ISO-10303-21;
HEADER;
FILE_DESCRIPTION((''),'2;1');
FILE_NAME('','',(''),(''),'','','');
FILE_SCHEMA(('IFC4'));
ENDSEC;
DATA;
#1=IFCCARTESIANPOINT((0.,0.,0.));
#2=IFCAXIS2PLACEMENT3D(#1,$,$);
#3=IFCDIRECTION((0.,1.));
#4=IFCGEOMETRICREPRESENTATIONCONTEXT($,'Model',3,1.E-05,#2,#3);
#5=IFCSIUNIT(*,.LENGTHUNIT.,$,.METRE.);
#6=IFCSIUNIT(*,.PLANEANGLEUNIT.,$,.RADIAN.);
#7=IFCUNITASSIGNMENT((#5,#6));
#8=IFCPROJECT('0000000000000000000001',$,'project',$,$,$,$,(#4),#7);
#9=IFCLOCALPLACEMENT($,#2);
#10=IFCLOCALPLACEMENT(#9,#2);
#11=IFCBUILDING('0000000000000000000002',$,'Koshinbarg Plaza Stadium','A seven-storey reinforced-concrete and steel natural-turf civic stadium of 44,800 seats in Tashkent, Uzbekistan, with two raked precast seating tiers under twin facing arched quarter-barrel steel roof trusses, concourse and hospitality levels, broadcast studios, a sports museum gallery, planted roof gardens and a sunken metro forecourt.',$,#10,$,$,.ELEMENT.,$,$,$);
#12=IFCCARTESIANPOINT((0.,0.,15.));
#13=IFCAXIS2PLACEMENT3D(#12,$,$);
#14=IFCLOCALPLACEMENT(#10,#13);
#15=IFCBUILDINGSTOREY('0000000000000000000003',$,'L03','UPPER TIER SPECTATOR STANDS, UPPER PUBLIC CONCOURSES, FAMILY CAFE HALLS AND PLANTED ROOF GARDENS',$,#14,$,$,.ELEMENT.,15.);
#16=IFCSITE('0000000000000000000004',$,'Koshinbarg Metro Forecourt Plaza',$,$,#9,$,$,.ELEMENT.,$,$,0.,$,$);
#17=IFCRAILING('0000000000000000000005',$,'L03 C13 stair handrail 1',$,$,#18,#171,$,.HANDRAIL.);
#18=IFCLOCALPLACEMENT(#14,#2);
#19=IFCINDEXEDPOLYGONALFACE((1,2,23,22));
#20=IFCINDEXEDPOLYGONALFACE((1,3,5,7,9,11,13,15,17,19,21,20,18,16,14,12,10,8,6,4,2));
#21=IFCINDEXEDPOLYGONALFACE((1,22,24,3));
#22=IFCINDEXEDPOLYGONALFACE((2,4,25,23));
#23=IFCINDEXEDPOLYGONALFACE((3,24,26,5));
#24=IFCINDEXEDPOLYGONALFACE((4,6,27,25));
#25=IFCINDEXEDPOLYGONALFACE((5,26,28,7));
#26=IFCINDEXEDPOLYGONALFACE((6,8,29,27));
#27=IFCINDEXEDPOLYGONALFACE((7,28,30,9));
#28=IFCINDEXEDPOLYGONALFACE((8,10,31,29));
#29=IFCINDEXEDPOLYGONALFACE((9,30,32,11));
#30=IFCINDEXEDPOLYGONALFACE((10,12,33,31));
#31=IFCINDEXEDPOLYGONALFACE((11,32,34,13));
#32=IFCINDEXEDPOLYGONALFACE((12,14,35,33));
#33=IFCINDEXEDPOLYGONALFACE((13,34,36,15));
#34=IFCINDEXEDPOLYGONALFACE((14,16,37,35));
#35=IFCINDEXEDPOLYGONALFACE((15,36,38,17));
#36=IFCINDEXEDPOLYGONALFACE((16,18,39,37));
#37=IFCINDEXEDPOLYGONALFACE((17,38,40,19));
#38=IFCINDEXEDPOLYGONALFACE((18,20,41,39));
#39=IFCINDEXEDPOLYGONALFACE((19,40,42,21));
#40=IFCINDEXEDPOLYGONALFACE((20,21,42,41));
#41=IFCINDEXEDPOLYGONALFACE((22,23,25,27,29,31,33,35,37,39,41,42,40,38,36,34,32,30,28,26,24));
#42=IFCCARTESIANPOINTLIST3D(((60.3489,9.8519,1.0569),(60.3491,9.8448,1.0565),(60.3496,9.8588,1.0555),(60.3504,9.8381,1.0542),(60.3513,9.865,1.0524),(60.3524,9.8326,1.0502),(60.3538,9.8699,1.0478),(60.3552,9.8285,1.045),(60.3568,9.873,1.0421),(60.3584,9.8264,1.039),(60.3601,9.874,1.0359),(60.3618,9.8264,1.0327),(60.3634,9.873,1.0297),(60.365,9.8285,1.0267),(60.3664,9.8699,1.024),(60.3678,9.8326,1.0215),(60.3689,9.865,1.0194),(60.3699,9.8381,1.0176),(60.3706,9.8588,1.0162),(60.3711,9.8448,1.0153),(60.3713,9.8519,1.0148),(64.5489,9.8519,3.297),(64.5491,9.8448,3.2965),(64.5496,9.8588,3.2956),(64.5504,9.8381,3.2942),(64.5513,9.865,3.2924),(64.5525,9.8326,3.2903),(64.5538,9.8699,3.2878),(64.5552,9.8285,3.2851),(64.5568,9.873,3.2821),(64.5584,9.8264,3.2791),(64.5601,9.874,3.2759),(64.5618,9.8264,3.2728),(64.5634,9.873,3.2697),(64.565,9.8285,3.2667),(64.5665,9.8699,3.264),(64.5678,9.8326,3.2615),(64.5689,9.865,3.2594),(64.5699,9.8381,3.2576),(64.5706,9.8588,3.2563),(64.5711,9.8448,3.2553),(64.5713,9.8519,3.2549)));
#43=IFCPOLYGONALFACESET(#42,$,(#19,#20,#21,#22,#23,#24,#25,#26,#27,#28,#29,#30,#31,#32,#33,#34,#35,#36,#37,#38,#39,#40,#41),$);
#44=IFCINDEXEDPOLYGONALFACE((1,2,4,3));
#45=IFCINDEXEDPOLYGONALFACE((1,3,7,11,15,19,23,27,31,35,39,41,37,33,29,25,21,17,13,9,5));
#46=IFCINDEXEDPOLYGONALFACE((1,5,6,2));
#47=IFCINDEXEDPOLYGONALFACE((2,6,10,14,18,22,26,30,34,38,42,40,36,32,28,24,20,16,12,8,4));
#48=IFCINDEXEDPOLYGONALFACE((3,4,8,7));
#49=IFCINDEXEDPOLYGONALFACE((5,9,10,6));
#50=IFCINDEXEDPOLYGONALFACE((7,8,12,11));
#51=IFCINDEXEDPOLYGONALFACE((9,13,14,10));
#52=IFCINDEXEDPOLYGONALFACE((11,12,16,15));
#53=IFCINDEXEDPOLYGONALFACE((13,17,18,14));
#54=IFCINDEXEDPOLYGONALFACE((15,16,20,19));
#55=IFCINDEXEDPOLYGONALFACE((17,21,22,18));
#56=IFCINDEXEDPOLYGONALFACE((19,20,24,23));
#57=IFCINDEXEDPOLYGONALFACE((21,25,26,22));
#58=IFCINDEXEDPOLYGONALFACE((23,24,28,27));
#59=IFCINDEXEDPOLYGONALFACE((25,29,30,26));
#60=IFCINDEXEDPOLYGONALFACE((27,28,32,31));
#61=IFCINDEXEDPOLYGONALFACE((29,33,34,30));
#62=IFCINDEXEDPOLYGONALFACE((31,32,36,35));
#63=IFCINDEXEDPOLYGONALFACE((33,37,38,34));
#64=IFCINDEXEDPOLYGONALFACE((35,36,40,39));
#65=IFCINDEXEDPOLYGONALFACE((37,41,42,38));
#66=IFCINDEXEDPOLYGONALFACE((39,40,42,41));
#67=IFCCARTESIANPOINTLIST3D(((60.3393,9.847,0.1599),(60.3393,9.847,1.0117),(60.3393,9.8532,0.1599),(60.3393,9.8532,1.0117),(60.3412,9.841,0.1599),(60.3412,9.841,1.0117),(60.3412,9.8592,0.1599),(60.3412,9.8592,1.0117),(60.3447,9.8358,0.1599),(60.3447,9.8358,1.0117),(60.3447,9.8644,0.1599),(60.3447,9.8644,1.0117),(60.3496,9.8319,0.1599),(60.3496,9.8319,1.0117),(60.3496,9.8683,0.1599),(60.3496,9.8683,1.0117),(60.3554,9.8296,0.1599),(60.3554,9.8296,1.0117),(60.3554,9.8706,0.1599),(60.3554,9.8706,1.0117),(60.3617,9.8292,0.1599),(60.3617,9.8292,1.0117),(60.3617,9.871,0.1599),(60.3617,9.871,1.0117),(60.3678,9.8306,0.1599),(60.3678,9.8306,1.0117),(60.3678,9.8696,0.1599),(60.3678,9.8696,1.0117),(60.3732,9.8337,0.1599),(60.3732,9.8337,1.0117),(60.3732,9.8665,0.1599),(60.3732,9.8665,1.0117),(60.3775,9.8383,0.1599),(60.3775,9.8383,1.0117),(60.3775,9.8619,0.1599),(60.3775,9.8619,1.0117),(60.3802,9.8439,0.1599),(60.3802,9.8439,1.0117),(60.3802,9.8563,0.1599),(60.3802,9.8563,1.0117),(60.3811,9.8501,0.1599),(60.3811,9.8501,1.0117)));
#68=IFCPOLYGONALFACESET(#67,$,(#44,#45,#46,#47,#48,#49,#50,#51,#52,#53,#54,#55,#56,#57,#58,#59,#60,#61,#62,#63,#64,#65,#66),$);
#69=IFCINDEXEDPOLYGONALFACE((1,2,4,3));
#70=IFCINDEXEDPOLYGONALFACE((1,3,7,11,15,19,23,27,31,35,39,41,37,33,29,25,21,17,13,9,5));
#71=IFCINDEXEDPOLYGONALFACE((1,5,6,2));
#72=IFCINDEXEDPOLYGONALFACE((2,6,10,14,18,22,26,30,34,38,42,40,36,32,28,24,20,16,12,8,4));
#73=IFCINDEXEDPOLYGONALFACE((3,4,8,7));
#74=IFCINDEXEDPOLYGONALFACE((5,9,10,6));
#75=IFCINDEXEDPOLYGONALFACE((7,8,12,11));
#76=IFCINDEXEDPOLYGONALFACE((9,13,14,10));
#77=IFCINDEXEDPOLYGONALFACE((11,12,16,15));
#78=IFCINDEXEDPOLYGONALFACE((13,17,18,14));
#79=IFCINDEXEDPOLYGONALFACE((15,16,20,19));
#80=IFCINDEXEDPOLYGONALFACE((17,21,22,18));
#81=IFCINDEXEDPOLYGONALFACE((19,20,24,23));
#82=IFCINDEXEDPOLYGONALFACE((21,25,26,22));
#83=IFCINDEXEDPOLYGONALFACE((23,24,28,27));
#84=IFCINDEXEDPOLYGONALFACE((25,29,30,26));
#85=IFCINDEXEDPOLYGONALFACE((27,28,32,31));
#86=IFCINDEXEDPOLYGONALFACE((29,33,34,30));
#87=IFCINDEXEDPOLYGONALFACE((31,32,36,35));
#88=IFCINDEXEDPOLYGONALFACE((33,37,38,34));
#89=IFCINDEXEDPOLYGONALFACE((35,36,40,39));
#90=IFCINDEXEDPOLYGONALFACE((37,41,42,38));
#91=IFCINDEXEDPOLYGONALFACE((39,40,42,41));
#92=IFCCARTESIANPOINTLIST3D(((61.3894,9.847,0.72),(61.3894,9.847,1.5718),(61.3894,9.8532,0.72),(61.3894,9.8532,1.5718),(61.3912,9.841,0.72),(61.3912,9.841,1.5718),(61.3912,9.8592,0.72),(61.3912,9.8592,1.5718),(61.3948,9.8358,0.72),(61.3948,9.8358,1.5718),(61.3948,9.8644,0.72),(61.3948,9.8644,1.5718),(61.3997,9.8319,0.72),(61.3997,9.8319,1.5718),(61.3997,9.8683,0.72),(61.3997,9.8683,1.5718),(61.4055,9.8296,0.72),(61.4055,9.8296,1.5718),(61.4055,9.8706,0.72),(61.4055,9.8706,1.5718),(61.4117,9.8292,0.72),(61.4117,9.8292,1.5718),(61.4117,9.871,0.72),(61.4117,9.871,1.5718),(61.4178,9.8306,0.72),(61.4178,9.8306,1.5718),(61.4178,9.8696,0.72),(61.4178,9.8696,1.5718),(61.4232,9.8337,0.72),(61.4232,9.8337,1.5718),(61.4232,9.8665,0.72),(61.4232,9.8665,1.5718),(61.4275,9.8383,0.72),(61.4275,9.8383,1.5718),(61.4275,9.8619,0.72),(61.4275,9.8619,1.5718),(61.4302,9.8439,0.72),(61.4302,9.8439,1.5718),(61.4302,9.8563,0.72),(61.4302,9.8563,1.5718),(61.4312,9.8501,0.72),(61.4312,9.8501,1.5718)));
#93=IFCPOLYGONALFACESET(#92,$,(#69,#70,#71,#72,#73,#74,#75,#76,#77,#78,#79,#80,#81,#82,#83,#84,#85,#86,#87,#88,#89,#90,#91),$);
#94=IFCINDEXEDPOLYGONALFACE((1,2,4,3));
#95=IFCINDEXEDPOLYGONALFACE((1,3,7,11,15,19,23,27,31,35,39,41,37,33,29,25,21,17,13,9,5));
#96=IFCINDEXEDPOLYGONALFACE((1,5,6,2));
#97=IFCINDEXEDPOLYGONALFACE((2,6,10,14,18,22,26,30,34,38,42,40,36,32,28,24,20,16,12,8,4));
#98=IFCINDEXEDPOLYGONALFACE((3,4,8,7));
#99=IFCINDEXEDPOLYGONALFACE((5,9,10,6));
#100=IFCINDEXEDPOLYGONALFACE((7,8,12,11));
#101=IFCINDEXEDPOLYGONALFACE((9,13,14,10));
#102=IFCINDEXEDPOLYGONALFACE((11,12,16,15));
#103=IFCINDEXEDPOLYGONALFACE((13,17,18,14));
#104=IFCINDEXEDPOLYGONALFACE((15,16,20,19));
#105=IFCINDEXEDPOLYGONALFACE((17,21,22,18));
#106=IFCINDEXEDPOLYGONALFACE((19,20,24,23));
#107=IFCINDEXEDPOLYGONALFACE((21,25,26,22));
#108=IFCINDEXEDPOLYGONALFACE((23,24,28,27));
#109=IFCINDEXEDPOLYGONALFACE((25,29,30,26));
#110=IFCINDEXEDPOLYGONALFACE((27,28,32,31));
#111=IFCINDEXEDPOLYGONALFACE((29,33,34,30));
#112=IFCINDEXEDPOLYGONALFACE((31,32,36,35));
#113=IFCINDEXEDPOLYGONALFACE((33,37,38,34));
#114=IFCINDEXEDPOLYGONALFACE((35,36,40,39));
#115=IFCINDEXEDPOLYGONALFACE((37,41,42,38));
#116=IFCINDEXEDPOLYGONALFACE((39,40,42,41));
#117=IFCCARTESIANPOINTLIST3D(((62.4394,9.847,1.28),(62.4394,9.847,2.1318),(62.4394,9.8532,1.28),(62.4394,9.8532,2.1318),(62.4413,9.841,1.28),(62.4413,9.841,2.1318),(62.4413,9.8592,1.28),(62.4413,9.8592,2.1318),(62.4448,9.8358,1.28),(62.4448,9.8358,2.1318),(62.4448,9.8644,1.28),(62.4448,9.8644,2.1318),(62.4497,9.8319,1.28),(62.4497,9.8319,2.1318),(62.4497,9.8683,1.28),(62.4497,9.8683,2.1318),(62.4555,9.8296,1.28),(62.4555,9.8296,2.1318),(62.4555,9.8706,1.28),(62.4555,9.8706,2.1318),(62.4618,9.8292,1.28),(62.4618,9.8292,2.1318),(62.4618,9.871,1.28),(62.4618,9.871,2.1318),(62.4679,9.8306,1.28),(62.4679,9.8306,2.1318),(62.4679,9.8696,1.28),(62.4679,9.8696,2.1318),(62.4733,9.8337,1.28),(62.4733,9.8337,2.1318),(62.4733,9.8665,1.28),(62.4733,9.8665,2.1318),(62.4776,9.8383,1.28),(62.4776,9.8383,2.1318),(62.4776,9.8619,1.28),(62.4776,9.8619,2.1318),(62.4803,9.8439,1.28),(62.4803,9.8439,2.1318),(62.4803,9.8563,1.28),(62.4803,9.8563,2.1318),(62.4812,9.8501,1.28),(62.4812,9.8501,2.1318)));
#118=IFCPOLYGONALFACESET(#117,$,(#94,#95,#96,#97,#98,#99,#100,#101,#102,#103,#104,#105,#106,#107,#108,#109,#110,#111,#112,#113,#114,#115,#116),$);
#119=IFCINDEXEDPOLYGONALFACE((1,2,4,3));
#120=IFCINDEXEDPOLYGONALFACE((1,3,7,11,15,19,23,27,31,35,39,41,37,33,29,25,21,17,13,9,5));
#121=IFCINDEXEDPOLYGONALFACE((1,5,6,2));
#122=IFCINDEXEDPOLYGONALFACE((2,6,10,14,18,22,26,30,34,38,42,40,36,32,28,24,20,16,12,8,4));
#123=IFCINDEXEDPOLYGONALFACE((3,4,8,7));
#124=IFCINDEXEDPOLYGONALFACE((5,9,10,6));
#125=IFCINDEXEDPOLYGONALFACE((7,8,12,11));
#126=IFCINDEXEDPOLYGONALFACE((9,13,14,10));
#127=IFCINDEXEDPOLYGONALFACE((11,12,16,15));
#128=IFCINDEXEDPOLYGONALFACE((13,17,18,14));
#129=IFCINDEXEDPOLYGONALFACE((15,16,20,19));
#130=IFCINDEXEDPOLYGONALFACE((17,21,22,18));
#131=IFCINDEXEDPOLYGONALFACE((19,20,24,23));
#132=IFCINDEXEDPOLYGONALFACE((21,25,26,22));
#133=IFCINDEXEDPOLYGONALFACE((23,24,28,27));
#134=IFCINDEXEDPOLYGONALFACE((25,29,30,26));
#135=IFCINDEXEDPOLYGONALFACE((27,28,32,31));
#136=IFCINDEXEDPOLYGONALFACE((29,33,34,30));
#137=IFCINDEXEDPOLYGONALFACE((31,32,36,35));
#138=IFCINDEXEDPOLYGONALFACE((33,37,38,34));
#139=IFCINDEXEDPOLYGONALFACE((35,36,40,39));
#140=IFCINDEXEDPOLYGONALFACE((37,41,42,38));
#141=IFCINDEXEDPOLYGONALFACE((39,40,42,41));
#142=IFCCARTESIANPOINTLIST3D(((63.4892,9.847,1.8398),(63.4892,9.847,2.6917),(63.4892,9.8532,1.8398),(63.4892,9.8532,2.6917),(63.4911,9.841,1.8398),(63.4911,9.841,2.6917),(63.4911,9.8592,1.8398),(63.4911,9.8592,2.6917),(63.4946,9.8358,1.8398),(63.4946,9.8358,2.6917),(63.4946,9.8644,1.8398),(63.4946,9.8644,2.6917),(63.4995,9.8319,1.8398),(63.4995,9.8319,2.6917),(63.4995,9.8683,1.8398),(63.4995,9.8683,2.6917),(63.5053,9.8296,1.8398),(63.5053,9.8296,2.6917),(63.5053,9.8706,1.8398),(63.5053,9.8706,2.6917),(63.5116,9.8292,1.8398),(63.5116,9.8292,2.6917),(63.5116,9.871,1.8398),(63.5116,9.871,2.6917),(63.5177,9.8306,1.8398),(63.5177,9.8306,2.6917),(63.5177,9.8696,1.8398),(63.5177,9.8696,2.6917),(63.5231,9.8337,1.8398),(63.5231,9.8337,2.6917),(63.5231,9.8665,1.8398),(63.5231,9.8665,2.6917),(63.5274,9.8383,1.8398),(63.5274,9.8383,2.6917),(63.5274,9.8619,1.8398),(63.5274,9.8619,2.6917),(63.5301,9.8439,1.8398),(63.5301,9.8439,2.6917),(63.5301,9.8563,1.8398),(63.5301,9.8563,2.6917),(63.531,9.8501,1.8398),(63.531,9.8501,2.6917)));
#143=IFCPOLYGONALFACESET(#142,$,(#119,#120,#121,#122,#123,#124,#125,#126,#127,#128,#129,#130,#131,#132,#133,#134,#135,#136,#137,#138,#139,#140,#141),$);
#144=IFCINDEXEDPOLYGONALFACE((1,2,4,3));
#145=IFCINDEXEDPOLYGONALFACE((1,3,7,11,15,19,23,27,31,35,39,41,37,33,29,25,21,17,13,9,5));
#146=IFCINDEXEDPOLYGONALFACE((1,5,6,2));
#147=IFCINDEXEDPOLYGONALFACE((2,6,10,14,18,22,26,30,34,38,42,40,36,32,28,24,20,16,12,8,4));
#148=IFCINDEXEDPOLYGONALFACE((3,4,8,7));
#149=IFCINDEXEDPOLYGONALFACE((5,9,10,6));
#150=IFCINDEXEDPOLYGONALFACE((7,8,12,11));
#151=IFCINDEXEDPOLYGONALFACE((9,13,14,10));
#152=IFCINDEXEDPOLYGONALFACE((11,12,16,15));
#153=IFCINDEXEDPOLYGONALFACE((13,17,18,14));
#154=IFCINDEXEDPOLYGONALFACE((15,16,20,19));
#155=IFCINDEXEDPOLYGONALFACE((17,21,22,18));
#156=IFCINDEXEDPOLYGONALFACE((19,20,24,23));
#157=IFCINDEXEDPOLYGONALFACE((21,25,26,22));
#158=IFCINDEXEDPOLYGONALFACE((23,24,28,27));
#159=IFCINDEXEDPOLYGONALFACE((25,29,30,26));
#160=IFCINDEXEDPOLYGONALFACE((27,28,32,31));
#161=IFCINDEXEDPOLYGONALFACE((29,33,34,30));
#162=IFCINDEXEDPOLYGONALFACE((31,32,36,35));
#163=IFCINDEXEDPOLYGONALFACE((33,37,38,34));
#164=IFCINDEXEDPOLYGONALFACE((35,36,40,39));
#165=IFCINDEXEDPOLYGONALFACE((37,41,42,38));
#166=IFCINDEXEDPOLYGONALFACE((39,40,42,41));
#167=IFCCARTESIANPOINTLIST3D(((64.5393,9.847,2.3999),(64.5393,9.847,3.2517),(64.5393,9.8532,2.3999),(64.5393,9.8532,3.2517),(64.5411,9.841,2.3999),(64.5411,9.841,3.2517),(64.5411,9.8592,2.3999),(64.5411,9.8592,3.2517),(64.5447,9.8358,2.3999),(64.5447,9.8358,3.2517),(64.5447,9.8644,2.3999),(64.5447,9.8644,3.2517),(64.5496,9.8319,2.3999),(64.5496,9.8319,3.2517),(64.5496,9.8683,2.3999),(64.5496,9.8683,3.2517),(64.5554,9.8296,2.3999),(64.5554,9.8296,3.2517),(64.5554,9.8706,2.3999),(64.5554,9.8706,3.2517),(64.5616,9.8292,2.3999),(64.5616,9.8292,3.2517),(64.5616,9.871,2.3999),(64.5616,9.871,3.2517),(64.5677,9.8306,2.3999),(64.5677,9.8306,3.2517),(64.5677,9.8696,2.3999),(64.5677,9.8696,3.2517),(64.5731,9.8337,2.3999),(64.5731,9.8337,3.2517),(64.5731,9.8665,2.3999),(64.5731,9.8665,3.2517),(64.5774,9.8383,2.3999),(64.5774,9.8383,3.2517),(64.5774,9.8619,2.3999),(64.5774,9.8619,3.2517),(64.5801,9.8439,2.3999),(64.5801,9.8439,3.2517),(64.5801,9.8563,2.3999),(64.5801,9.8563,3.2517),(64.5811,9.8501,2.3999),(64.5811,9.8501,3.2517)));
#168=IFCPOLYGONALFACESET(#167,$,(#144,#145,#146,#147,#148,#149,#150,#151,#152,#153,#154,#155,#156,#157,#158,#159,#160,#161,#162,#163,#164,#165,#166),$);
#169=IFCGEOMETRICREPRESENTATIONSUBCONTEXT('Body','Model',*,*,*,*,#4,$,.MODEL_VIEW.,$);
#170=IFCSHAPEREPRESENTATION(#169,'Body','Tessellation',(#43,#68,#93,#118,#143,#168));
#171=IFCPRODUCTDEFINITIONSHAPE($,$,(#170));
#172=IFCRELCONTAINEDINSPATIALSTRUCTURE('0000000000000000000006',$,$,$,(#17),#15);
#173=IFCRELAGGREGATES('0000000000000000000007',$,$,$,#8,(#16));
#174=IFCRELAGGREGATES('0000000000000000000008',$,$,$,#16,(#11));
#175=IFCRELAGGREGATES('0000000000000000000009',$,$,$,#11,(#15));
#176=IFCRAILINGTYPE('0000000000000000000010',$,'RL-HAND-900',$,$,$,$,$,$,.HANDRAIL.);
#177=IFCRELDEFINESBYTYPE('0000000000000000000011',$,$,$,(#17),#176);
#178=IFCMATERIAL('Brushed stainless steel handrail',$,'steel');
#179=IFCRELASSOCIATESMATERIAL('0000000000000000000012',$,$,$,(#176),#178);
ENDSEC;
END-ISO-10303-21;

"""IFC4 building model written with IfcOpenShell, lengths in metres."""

from ifc_helpers import new_model, si_unit, direction, frame, origin, origin_2d, place, context, subcontext, project, spatial, circle, extrude, material, type_object, element, save


model = new_model("IFC4")

# Units and contexts
model_context = context("Model", 3, precision=1e-05, world=origin(), true_north=direction((0.0, 1.0)))
body_context = subcontext(model_context, "Body", "Model", "MODEL_VIEW")
ifc_project = project(units=[si_unit("LENGTHUNIT", "METRE"), si_unit("PLANEANGLEUNIT", "RADIAN")], contexts=[model_context])

# Site, building, storey
site_placement = place(None, origin())
site = spatial("IfcSite", under=ifc_project, at=site_placement, Name="Koshinbarg Metro Forecourt Plaza", CompositionType="ELEMENT", RefElevation=0.0)
building_placement = place(site_placement, origin())
building = spatial("IfcBuilding", under=site, at=building_placement, Name="Koshinbarg Plaza Stadium", Description="A seven-storey reinforced-concrete and steel natural-turf civic stadium of 44,800 seats in Tashkent, Uzbekistan, with two raked precast seating tiers under twin facing arched quarter-barrel steel roof trusses, concourse and hospitality levels, broadcast studios, a sports museum gallery, planted roof gardens and a sunken metro forecourt.", CompositionType="ELEMENT")
storey_placement = place(building_placement, frame((0.0, 0.0, 15.0)))
storey = spatial("IfcBuildingStorey", under=building, at=storey_placement, Name="L03", Description="UPPER TIER SPECTATOR STANDS, UPPER PUBLIC CONCOURSES, FAMILY CAFE HALLS AND PLANTED ROOF GARDENS", CompositionType="ELEMENT", Elevation=15.0)

# Railing
ifc_material_1 = material(Name="Brushed stainless steel handrail", Category="steel")
railing_type_1 = type_object("IfcRailingType", Name="RL-HAND-900", PredefinedType="HANDRAIL", material=ifc_material_1)
railing_1_placement = place(storey_placement, frame((60.3601, 9.8501, 0.1599)))
element("IfcRailing", 1, at=railing_1_placement, inside=storey, type_object=railing_type_1, Name="L03 C13 stair handrail 1", PredefinedType="HANDRAIL", context=body_context, shape_type="SweptSolid", body=[
    extrude(circle(Radius=0.0239, at=origin_2d()), frame((0.0, 0.0, 0.876), z_axis=(0.882352, 0.0, 0.470591), x_axis=(0.0, 1.0, 0.0)), (0.0, 0.0, 1.0), 4.76),
    extrude(circle(Radius=0.021, at=origin_2d()), origin(), (0.0, 0.0, 1.0), 0.8518),
    extrude(circle(Radius=0.021, at=origin_2d()), frame((1.05, 0.0, 0.5601)), (0.0, 0.0, 1.0), 0.8518),
    extrude(circle(Radius=0.021, at=origin_2d()), frame((2.1001, 0.0, 1.1201)), (0.0, 0.0, 1.0), 0.8518),
    extrude(circle(Radius=0.021, at=origin_2d()), frame((3.1499, 0.0, 1.6799)), (0.0, 0.0, 1.0), 0.8518),
    extrude(circle(Radius=0.021, at=origin_2d()), frame((4.2, 0.0, 2.24)), (0.0, 0.0, 1.0), 0.8518),
])

save(model, "model.ifc")
